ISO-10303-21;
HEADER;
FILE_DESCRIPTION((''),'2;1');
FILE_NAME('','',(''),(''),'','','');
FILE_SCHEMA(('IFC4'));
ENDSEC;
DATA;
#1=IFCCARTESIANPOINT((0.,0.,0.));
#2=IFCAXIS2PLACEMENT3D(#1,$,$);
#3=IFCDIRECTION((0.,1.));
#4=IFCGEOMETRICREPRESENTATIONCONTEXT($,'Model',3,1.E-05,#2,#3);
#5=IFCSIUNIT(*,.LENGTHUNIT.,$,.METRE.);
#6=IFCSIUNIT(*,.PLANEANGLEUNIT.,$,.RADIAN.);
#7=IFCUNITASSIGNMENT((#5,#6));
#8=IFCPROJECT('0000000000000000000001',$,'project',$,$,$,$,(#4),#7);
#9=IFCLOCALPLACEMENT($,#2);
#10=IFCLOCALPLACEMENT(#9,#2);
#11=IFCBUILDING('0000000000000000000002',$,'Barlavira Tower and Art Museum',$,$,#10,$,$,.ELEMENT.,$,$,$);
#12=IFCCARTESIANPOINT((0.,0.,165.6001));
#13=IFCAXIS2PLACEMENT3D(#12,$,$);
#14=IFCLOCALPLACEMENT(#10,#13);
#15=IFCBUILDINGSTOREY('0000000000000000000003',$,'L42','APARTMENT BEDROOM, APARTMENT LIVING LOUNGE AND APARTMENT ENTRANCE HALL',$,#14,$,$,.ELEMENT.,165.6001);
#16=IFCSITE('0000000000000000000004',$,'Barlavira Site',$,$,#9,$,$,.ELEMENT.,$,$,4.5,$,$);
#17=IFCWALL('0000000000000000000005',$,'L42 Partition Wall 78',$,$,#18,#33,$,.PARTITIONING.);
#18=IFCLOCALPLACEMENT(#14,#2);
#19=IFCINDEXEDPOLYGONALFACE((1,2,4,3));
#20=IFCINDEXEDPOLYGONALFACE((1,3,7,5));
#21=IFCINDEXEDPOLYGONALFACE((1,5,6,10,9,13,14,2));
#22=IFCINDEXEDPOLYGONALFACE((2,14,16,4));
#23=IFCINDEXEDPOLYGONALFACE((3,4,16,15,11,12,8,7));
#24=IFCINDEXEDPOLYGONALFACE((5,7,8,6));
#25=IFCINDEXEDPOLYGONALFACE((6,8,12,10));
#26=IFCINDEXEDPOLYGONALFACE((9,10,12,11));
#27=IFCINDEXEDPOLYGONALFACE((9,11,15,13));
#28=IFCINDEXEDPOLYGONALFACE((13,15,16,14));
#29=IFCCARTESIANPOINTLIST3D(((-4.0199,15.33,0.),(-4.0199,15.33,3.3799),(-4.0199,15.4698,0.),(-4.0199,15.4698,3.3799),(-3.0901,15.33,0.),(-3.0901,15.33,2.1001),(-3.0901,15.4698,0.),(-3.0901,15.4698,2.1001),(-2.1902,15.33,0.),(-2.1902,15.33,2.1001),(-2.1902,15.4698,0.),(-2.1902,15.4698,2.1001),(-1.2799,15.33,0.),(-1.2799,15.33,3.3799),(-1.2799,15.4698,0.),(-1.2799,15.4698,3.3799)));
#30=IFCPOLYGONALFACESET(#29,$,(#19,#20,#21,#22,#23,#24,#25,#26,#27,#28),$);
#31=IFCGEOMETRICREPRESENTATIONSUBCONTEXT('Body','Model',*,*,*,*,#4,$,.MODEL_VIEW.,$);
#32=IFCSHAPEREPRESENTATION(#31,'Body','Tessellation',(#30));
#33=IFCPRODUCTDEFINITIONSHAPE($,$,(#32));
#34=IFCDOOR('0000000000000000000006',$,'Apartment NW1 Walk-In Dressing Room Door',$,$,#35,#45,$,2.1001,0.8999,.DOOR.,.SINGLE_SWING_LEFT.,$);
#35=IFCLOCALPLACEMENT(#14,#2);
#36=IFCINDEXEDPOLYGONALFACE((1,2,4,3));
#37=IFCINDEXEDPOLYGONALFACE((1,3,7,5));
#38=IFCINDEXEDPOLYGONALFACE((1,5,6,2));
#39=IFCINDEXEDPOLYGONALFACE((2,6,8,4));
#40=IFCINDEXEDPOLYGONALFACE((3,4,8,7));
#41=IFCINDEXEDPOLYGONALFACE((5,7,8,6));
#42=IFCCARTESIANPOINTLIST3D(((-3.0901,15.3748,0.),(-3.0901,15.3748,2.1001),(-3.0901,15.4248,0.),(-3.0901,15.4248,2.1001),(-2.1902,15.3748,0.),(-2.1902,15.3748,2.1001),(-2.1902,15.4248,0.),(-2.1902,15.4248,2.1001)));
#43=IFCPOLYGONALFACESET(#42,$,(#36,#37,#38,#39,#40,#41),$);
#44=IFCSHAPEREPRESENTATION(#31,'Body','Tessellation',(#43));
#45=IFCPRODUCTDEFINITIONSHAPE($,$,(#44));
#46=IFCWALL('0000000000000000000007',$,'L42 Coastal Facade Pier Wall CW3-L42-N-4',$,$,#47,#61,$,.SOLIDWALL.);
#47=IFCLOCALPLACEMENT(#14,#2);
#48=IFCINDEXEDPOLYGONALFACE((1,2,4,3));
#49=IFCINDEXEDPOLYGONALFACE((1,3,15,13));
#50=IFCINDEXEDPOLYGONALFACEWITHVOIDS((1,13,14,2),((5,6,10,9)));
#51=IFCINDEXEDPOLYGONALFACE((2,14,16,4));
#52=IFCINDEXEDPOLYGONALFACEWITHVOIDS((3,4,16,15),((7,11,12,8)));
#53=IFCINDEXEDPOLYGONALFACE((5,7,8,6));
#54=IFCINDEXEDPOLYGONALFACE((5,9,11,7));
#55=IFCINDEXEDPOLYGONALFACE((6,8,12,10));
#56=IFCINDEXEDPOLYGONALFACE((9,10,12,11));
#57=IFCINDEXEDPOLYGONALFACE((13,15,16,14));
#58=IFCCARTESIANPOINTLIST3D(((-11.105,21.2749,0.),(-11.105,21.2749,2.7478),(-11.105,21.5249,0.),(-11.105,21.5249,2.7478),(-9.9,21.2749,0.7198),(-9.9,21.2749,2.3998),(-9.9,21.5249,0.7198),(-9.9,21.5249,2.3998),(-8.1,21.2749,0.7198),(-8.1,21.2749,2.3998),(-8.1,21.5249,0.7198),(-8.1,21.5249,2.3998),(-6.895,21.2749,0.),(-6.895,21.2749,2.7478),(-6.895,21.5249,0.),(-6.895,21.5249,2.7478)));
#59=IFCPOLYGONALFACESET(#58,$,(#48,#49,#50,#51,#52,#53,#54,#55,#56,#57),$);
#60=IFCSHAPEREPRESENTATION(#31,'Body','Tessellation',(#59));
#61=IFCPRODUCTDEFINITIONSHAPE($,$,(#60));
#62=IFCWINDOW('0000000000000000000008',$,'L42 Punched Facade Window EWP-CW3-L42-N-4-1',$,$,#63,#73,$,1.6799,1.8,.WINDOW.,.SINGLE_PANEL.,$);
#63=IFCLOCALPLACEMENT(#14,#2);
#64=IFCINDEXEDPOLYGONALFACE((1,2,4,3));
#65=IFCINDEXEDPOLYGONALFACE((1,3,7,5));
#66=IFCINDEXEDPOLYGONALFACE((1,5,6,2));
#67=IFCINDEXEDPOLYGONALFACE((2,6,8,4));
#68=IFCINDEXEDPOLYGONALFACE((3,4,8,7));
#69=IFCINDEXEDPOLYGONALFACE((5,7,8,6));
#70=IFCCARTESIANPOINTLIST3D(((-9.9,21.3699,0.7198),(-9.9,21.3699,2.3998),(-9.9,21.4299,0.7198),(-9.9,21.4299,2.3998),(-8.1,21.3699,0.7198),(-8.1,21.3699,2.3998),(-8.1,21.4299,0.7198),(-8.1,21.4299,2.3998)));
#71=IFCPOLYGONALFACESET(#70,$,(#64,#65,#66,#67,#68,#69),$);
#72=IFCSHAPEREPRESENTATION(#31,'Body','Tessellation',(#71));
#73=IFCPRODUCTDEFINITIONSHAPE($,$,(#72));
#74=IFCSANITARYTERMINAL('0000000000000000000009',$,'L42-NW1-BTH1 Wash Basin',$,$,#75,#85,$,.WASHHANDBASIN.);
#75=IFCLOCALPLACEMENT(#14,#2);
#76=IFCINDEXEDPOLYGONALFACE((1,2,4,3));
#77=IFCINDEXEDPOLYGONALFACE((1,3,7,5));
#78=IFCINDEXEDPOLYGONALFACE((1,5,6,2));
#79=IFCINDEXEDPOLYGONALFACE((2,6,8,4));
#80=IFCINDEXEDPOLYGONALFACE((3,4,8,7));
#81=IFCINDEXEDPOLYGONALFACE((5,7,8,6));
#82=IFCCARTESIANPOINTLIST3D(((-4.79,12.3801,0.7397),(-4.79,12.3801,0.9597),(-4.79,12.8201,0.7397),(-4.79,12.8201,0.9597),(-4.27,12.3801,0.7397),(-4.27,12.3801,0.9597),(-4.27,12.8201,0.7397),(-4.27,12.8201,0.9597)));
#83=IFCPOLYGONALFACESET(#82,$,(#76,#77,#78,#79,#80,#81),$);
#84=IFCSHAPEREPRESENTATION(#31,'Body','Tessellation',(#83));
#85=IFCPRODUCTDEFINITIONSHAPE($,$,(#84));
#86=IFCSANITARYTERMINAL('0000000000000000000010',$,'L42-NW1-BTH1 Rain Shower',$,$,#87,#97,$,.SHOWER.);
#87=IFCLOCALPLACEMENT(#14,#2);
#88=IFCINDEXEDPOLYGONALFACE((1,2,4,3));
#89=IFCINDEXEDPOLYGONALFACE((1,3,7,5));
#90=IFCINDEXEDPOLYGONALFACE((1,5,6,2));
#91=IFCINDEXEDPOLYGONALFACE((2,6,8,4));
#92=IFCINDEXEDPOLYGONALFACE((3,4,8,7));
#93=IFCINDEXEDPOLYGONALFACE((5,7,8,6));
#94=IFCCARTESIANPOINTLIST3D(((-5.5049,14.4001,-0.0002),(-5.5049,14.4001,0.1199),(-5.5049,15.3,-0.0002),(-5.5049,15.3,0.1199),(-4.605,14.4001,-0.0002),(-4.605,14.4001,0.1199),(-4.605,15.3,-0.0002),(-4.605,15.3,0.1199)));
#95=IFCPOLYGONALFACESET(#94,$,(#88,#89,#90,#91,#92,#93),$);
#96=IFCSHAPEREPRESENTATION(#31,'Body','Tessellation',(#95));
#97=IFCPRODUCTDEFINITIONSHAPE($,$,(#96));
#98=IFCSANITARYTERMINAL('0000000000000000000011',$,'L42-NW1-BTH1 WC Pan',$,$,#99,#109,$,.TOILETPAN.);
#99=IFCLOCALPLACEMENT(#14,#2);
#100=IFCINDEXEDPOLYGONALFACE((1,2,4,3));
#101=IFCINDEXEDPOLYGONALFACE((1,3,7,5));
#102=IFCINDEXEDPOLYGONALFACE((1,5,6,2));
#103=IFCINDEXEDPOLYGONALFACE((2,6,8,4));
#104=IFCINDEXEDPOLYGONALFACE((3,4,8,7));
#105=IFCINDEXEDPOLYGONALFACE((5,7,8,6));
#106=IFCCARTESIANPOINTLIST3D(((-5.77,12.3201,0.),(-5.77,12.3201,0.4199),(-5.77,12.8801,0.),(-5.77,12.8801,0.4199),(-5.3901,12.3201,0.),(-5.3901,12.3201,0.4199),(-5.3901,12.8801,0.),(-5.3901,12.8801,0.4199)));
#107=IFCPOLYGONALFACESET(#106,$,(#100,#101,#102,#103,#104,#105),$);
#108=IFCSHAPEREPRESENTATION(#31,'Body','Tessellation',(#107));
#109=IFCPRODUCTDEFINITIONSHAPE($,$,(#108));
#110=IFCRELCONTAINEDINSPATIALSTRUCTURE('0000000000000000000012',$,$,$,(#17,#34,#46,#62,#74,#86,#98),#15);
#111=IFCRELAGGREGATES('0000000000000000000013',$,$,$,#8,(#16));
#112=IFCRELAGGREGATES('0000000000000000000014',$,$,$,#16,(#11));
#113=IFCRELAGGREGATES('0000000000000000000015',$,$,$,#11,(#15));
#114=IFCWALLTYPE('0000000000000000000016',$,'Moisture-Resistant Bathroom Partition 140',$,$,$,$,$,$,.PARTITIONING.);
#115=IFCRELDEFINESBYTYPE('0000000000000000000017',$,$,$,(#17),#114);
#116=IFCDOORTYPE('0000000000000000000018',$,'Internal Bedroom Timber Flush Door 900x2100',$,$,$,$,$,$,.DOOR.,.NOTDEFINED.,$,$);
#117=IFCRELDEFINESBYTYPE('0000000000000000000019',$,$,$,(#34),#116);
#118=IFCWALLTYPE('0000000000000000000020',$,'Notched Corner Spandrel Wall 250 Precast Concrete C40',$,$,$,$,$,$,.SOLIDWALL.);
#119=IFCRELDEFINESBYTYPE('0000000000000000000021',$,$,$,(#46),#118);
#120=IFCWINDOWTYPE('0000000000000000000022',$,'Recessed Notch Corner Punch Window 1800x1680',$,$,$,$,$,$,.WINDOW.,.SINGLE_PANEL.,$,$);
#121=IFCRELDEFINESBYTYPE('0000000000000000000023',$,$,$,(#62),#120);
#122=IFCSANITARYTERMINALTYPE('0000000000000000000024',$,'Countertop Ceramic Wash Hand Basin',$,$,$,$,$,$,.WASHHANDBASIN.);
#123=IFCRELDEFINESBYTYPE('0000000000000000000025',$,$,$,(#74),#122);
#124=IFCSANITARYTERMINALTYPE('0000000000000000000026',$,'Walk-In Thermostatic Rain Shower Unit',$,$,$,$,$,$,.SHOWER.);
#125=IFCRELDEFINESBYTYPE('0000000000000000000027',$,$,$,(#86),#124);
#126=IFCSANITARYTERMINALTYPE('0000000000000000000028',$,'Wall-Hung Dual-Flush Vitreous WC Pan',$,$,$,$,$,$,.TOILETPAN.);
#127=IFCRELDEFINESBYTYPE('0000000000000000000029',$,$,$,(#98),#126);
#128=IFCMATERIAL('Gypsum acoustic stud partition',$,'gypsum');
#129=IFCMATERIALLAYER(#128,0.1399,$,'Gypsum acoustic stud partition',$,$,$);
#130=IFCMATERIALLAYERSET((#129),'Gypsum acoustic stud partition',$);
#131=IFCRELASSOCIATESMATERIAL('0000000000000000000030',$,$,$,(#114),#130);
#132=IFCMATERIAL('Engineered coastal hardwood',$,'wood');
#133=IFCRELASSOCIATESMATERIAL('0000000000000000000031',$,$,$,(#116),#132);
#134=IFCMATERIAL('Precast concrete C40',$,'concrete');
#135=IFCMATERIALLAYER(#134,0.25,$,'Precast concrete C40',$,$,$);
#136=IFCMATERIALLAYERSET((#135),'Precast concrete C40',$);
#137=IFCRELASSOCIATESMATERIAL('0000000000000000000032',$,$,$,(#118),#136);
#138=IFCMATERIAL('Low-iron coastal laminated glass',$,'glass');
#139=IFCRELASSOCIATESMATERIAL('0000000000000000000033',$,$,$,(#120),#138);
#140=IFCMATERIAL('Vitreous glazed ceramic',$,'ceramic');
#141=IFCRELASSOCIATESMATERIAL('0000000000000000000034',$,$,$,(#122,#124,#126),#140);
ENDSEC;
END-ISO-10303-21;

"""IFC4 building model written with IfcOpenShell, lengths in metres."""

from ifc_helpers import new_model, si_unit, direction, frame, frame_2d, origin, origin_2d, place, context, subcontext, project, spatial, rectangle, extrude, material, layer, layer_set, type_object, element, fill, save


model = new_model("IFC4")

# Units and contexts
model_context = context("Model", 3, precision=1e-05, world=origin(), true_north=direction((0.0, 1.0)))
body_context = subcontext(model_context, "Body", "Model", "MODEL_VIEW")
ifc_project = project(units=[si_unit("LENGTHUNIT", "METRE"), si_unit("PLANEANGLEUNIT", "RADIAN")], contexts=[model_context])

# Site, building, storey
site_placement = place(None, origin())
site = spatial("IfcSite", under=ifc_project, at=site_placement, Name="Barlavira Site", CompositionType="ELEMENT", RefElevation=4.5)
building_placement = place(site_placement, origin())
building = spatial("IfcBuilding", under=site, at=building_placement, Name="Barlavira Tower and Art Museum", CompositionType="ELEMENT")
storey_placement = place(building_placement, frame((0.0, 0.0, 165.6001)))
storey = spatial("IfcBuildingStorey", under=building, at=storey_placement, Name="L42", Description="APARTMENT BEDROOM, APARTMENT LIVING LOUNGE AND APARTMENT ENTRANCE HALL", CompositionType="ELEMENT", Elevation=165.6001)

# Shared definitions
ifc_material_1 = material(Name="Low-iron coastal laminated glass", Category="glass")

# Shared definitions
ifc_material_2 = material(Name="Gypsum acoustic stud partition", Category="gypsum")

# Shared definitions
ifc_layer_1 = layer(ifc_material_2, 0.1399, Name="Gypsum acoustic stud partition")
ifc_layer_set_1 = layer_set([ifc_layer_1], Name="Gypsum acoustic stud partition")
wall_type_1 = type_object("IfcWallType", Name="Moisture-Resistant Bathroom Partition 140", PredefinedType="PARTITIONING", material=ifc_layer_set_1)

# Wall, opening, door
wall_1_placement = place(storey_placement, frame((-4.02, 15.3999, 0.0), z_axis=(0.0, 0.0, 1.0), x_axis=(1.0, 0.0, 0.0)))
wall_1 = element("IfcWall", 1, at=wall_1_placement, inside=storey, type_object=wall_type_1, Name="L42 Partition Wall 78", PredefinedType="PARTITIONING", context=body_context, shape_type="SweptSolid", body=[
    extrude(rectangle(XDim=2.74, YDim=0.1399, at=frame_2d((1.3701, 0.0))), origin(), (0.0, 0.0, 1.0), 3.3799),
])
opening_1_placement = place(wall_1_placement, frame((0.9299, 0.0, 0.0)))
opening_1 = element("IfcOpeningElement", 2, at=opening_1_placement, cuts=wall_1, PredefinedType="OPENING", context=body_context, shape_type="SweptSolid", body=[
    extrude(rectangle(XDim=0.8999, YDim=2.1001, at=frame_2d((0.45, 1.05))), frame((0.0, 0.0801, 0.0), z_axis=(0.0, -1.0, 0.0), x_axis=(1.0, 0.0, 0.0)), (0.0, 0.0, 1.0), 0.1599),
])
ifc_material_3 = material(Name="Engineered coastal hardwood", Category="wood")
door_type_1 = type_object("IfcDoorType", Name="Internal Bedroom Timber Flush Door 900x2100", OperationType="NOTDEFINED", PredefinedType="DOOR", material=ifc_material_3)
door_1_placement = place(opening_1_placement, origin())
door_1 = element("IfcDoor", 3, at=door_1_placement, inside=storey, type_object=door_type_1, Name="Apartment NW1 Walk-In Dressing Room Door", OperationType="SINGLE_SWING_LEFT", OverallHeight=2.1001, OverallWidth=0.8999, PredefinedType="DOOR", context=body_context, shape_type="SweptSolid", body=[
    extrude(rectangle(XDim=0.8999, YDim=2.1001, at=frame_2d((0.45, 1.05))), frame((0.0, 0.0249, 0.0), z_axis=(0.0, -1.0, 0.0), x_axis=(1.0, 0.0, 0.0)), (0.0, 0.0, 1.0), 0.05),
])
fill(opening_1, door_1)

# Wall, opening, window
ifc_material_4 = material(Name="Precast concrete C40", Category="concrete")
ifc_layer_2 = layer(ifc_material_4, 0.25, Name="Precast concrete C40")
ifc_layer_set_2 = layer_set([ifc_layer_2], Name="Precast concrete C40")
wall_type_2 = type_object("IfcWallType", Name="Notched Corner Spandrel Wall 250 Precast Concrete C40", PredefinedType="SOLIDWALL", material=ifc_layer_set_2)
wall_2_placement = place(storey_placement, frame((-6.895, 21.3999, 0.0), z_axis=(0.0, 0.0, 1.0), x_axis=(-1.0, 0.0, 0.0)))
wall_2 = element("IfcWall", 4, at=wall_2_placement, inside=storey, type_object=wall_type_2, Name="L42 Coastal Facade Pier Wall CW3-L42-N-4", PredefinedType="SOLIDWALL", context=body_context, shape_type="SweptSolid", body=[
    extrude(rectangle(XDim=4.21, YDim=0.25, at=frame_2d((2.105, 0.0))), origin(), (0.0, 0.0, 1.0), 2.7478),
])
opening_2_placement = place(wall_2_placement, frame((1.2051, 0.0, 0.72)))
opening_2 = element("IfcOpeningElement", 5, at=opening_2_placement, cuts=wall_2, PredefinedType="OPENING", context=body_context, shape_type="SweptSolid", body=[
    extrude(rectangle(XDim=1.8, YDim=1.6799, at=frame_2d((0.8999, 0.8398))), frame((0.0, 0.135, 0.0), z_axis=(0.0, -1.0, 0.0), x_axis=(1.0, 0.0, 0.0)), (0.0, 0.0, 1.0), 0.27),
])
window_type = type_object("IfcWindowType", Name="Recessed Notch Corner Punch Window 1800x1680", PartitioningType="SINGLE_PANEL", PredefinedType="WINDOW", material=ifc_material_1)
window_placement = place(opening_2_placement, origin())
window = element("IfcWindow", 6, at=window_placement, inside=storey, type_object=window_type, Name="L42 Punched Facade Window EWP-CW3-L42-N-4-1", OverallHeight=1.6799, OverallWidth=1.8, PartitioningType="SINGLE_PANEL", PredefinedType="WINDOW", context=body_context, shape_type="SweptSolid", body=[
    extrude(rectangle(XDim=1.8, YDim=1.6799, at=frame_2d((0.8999, 0.8398))), frame((0.0, 0.03, 0.0), z_axis=(0.0, -1.0, 0.0), x_axis=(1.0, 0.0, 0.0)), (0.0, 0.0, 1.0), 0.0601),
])
fill(opening_2, window)

# Sanitary terminals
ifc_material_5 = material(Name="Vitreous glazed ceramic", Category="ceramic")
sanitary_terminal_type_1 = type_object("IfcSanitaryTerminalType", Name="Countertop Ceramic Wash Hand Basin", PredefinedType="WASHHANDBASIN", material=ifc_material_5)
sanitary_terminal_1_placement = place(storey_placement, frame((-4.53, 12.6001, 0.7397), z_axis=(0.0, 0.0, 1.0), x_axis=(1.0, 0.0, 0.0)))
element("IfcSanitaryTerminal", 7, at=sanitary_terminal_1_placement, inside=storey, type_object=sanitary_terminal_type_1, Name="L42-NW1-BTH1 Wash Basin", PredefinedType="WASHHANDBASIN", context=body_context, shape_type="SweptSolid", body=[
    extrude(rectangle(XDim=0.52, YDim=0.4399, at=origin_2d()), origin(), (0.0, 0.0, 1.0), 0.22),
])
sanitary_terminal_type_2 = type_object("IfcSanitaryTerminalType", Name="Walk-In Thermostatic Rain Shower Unit", PredefinedType="SHOWER", material=ifc_material_5)
sanitary_terminal_2_placement = place(storey_placement, frame((-5.0549, 14.8501, -0.0002), z_axis=(0.0, 0.0, 1.0), x_axis=(1.0, 0.0, 0.0)))
element("IfcSanitaryTerminal", 8, at=sanitary_terminal_2_placement, inside=storey, type_object=sanitary_terminal_type_2, Name="L42-NW1-BTH1 Rain Shower", PredefinedType="SHOWER", context=body_context, shape_type="SweptSolid", body=[
    extrude(rectangle(XDim=0.8999, YDim=0.8999, at=origin_2d()), origin(), (0.0, 0.0, 1.0), 0.1201),
])
sanitary_terminal_type_3 = type_object("IfcSanitaryTerminalType", Name="Wall-Hung Dual-Flush Vitreous WC Pan", PredefinedType="TOILETPAN", material=ifc_material_5)
sanitary_terminal_3_placement = place(storey_placement, frame((-5.5801, 12.6001, 0.0), z_axis=(0.0, 0.0, 1.0), x_axis=(1.0, 0.0, 0.0)))
element("IfcSanitaryTerminal", 9, at=sanitary_terminal_3_placement, inside=storey, type_object=sanitary_terminal_type_3, Name="L42-NW1-BTH1 WC Pan", PredefinedType="TOILETPAN", context=body_context, shape_type="SweptSolid", body=[
    extrude(rectangle(XDim=0.3799, YDim=0.5601, at=origin_2d()), origin(), (0.0, 0.0, 1.0), 0.4199),
])

save(model, "model.ifc")
